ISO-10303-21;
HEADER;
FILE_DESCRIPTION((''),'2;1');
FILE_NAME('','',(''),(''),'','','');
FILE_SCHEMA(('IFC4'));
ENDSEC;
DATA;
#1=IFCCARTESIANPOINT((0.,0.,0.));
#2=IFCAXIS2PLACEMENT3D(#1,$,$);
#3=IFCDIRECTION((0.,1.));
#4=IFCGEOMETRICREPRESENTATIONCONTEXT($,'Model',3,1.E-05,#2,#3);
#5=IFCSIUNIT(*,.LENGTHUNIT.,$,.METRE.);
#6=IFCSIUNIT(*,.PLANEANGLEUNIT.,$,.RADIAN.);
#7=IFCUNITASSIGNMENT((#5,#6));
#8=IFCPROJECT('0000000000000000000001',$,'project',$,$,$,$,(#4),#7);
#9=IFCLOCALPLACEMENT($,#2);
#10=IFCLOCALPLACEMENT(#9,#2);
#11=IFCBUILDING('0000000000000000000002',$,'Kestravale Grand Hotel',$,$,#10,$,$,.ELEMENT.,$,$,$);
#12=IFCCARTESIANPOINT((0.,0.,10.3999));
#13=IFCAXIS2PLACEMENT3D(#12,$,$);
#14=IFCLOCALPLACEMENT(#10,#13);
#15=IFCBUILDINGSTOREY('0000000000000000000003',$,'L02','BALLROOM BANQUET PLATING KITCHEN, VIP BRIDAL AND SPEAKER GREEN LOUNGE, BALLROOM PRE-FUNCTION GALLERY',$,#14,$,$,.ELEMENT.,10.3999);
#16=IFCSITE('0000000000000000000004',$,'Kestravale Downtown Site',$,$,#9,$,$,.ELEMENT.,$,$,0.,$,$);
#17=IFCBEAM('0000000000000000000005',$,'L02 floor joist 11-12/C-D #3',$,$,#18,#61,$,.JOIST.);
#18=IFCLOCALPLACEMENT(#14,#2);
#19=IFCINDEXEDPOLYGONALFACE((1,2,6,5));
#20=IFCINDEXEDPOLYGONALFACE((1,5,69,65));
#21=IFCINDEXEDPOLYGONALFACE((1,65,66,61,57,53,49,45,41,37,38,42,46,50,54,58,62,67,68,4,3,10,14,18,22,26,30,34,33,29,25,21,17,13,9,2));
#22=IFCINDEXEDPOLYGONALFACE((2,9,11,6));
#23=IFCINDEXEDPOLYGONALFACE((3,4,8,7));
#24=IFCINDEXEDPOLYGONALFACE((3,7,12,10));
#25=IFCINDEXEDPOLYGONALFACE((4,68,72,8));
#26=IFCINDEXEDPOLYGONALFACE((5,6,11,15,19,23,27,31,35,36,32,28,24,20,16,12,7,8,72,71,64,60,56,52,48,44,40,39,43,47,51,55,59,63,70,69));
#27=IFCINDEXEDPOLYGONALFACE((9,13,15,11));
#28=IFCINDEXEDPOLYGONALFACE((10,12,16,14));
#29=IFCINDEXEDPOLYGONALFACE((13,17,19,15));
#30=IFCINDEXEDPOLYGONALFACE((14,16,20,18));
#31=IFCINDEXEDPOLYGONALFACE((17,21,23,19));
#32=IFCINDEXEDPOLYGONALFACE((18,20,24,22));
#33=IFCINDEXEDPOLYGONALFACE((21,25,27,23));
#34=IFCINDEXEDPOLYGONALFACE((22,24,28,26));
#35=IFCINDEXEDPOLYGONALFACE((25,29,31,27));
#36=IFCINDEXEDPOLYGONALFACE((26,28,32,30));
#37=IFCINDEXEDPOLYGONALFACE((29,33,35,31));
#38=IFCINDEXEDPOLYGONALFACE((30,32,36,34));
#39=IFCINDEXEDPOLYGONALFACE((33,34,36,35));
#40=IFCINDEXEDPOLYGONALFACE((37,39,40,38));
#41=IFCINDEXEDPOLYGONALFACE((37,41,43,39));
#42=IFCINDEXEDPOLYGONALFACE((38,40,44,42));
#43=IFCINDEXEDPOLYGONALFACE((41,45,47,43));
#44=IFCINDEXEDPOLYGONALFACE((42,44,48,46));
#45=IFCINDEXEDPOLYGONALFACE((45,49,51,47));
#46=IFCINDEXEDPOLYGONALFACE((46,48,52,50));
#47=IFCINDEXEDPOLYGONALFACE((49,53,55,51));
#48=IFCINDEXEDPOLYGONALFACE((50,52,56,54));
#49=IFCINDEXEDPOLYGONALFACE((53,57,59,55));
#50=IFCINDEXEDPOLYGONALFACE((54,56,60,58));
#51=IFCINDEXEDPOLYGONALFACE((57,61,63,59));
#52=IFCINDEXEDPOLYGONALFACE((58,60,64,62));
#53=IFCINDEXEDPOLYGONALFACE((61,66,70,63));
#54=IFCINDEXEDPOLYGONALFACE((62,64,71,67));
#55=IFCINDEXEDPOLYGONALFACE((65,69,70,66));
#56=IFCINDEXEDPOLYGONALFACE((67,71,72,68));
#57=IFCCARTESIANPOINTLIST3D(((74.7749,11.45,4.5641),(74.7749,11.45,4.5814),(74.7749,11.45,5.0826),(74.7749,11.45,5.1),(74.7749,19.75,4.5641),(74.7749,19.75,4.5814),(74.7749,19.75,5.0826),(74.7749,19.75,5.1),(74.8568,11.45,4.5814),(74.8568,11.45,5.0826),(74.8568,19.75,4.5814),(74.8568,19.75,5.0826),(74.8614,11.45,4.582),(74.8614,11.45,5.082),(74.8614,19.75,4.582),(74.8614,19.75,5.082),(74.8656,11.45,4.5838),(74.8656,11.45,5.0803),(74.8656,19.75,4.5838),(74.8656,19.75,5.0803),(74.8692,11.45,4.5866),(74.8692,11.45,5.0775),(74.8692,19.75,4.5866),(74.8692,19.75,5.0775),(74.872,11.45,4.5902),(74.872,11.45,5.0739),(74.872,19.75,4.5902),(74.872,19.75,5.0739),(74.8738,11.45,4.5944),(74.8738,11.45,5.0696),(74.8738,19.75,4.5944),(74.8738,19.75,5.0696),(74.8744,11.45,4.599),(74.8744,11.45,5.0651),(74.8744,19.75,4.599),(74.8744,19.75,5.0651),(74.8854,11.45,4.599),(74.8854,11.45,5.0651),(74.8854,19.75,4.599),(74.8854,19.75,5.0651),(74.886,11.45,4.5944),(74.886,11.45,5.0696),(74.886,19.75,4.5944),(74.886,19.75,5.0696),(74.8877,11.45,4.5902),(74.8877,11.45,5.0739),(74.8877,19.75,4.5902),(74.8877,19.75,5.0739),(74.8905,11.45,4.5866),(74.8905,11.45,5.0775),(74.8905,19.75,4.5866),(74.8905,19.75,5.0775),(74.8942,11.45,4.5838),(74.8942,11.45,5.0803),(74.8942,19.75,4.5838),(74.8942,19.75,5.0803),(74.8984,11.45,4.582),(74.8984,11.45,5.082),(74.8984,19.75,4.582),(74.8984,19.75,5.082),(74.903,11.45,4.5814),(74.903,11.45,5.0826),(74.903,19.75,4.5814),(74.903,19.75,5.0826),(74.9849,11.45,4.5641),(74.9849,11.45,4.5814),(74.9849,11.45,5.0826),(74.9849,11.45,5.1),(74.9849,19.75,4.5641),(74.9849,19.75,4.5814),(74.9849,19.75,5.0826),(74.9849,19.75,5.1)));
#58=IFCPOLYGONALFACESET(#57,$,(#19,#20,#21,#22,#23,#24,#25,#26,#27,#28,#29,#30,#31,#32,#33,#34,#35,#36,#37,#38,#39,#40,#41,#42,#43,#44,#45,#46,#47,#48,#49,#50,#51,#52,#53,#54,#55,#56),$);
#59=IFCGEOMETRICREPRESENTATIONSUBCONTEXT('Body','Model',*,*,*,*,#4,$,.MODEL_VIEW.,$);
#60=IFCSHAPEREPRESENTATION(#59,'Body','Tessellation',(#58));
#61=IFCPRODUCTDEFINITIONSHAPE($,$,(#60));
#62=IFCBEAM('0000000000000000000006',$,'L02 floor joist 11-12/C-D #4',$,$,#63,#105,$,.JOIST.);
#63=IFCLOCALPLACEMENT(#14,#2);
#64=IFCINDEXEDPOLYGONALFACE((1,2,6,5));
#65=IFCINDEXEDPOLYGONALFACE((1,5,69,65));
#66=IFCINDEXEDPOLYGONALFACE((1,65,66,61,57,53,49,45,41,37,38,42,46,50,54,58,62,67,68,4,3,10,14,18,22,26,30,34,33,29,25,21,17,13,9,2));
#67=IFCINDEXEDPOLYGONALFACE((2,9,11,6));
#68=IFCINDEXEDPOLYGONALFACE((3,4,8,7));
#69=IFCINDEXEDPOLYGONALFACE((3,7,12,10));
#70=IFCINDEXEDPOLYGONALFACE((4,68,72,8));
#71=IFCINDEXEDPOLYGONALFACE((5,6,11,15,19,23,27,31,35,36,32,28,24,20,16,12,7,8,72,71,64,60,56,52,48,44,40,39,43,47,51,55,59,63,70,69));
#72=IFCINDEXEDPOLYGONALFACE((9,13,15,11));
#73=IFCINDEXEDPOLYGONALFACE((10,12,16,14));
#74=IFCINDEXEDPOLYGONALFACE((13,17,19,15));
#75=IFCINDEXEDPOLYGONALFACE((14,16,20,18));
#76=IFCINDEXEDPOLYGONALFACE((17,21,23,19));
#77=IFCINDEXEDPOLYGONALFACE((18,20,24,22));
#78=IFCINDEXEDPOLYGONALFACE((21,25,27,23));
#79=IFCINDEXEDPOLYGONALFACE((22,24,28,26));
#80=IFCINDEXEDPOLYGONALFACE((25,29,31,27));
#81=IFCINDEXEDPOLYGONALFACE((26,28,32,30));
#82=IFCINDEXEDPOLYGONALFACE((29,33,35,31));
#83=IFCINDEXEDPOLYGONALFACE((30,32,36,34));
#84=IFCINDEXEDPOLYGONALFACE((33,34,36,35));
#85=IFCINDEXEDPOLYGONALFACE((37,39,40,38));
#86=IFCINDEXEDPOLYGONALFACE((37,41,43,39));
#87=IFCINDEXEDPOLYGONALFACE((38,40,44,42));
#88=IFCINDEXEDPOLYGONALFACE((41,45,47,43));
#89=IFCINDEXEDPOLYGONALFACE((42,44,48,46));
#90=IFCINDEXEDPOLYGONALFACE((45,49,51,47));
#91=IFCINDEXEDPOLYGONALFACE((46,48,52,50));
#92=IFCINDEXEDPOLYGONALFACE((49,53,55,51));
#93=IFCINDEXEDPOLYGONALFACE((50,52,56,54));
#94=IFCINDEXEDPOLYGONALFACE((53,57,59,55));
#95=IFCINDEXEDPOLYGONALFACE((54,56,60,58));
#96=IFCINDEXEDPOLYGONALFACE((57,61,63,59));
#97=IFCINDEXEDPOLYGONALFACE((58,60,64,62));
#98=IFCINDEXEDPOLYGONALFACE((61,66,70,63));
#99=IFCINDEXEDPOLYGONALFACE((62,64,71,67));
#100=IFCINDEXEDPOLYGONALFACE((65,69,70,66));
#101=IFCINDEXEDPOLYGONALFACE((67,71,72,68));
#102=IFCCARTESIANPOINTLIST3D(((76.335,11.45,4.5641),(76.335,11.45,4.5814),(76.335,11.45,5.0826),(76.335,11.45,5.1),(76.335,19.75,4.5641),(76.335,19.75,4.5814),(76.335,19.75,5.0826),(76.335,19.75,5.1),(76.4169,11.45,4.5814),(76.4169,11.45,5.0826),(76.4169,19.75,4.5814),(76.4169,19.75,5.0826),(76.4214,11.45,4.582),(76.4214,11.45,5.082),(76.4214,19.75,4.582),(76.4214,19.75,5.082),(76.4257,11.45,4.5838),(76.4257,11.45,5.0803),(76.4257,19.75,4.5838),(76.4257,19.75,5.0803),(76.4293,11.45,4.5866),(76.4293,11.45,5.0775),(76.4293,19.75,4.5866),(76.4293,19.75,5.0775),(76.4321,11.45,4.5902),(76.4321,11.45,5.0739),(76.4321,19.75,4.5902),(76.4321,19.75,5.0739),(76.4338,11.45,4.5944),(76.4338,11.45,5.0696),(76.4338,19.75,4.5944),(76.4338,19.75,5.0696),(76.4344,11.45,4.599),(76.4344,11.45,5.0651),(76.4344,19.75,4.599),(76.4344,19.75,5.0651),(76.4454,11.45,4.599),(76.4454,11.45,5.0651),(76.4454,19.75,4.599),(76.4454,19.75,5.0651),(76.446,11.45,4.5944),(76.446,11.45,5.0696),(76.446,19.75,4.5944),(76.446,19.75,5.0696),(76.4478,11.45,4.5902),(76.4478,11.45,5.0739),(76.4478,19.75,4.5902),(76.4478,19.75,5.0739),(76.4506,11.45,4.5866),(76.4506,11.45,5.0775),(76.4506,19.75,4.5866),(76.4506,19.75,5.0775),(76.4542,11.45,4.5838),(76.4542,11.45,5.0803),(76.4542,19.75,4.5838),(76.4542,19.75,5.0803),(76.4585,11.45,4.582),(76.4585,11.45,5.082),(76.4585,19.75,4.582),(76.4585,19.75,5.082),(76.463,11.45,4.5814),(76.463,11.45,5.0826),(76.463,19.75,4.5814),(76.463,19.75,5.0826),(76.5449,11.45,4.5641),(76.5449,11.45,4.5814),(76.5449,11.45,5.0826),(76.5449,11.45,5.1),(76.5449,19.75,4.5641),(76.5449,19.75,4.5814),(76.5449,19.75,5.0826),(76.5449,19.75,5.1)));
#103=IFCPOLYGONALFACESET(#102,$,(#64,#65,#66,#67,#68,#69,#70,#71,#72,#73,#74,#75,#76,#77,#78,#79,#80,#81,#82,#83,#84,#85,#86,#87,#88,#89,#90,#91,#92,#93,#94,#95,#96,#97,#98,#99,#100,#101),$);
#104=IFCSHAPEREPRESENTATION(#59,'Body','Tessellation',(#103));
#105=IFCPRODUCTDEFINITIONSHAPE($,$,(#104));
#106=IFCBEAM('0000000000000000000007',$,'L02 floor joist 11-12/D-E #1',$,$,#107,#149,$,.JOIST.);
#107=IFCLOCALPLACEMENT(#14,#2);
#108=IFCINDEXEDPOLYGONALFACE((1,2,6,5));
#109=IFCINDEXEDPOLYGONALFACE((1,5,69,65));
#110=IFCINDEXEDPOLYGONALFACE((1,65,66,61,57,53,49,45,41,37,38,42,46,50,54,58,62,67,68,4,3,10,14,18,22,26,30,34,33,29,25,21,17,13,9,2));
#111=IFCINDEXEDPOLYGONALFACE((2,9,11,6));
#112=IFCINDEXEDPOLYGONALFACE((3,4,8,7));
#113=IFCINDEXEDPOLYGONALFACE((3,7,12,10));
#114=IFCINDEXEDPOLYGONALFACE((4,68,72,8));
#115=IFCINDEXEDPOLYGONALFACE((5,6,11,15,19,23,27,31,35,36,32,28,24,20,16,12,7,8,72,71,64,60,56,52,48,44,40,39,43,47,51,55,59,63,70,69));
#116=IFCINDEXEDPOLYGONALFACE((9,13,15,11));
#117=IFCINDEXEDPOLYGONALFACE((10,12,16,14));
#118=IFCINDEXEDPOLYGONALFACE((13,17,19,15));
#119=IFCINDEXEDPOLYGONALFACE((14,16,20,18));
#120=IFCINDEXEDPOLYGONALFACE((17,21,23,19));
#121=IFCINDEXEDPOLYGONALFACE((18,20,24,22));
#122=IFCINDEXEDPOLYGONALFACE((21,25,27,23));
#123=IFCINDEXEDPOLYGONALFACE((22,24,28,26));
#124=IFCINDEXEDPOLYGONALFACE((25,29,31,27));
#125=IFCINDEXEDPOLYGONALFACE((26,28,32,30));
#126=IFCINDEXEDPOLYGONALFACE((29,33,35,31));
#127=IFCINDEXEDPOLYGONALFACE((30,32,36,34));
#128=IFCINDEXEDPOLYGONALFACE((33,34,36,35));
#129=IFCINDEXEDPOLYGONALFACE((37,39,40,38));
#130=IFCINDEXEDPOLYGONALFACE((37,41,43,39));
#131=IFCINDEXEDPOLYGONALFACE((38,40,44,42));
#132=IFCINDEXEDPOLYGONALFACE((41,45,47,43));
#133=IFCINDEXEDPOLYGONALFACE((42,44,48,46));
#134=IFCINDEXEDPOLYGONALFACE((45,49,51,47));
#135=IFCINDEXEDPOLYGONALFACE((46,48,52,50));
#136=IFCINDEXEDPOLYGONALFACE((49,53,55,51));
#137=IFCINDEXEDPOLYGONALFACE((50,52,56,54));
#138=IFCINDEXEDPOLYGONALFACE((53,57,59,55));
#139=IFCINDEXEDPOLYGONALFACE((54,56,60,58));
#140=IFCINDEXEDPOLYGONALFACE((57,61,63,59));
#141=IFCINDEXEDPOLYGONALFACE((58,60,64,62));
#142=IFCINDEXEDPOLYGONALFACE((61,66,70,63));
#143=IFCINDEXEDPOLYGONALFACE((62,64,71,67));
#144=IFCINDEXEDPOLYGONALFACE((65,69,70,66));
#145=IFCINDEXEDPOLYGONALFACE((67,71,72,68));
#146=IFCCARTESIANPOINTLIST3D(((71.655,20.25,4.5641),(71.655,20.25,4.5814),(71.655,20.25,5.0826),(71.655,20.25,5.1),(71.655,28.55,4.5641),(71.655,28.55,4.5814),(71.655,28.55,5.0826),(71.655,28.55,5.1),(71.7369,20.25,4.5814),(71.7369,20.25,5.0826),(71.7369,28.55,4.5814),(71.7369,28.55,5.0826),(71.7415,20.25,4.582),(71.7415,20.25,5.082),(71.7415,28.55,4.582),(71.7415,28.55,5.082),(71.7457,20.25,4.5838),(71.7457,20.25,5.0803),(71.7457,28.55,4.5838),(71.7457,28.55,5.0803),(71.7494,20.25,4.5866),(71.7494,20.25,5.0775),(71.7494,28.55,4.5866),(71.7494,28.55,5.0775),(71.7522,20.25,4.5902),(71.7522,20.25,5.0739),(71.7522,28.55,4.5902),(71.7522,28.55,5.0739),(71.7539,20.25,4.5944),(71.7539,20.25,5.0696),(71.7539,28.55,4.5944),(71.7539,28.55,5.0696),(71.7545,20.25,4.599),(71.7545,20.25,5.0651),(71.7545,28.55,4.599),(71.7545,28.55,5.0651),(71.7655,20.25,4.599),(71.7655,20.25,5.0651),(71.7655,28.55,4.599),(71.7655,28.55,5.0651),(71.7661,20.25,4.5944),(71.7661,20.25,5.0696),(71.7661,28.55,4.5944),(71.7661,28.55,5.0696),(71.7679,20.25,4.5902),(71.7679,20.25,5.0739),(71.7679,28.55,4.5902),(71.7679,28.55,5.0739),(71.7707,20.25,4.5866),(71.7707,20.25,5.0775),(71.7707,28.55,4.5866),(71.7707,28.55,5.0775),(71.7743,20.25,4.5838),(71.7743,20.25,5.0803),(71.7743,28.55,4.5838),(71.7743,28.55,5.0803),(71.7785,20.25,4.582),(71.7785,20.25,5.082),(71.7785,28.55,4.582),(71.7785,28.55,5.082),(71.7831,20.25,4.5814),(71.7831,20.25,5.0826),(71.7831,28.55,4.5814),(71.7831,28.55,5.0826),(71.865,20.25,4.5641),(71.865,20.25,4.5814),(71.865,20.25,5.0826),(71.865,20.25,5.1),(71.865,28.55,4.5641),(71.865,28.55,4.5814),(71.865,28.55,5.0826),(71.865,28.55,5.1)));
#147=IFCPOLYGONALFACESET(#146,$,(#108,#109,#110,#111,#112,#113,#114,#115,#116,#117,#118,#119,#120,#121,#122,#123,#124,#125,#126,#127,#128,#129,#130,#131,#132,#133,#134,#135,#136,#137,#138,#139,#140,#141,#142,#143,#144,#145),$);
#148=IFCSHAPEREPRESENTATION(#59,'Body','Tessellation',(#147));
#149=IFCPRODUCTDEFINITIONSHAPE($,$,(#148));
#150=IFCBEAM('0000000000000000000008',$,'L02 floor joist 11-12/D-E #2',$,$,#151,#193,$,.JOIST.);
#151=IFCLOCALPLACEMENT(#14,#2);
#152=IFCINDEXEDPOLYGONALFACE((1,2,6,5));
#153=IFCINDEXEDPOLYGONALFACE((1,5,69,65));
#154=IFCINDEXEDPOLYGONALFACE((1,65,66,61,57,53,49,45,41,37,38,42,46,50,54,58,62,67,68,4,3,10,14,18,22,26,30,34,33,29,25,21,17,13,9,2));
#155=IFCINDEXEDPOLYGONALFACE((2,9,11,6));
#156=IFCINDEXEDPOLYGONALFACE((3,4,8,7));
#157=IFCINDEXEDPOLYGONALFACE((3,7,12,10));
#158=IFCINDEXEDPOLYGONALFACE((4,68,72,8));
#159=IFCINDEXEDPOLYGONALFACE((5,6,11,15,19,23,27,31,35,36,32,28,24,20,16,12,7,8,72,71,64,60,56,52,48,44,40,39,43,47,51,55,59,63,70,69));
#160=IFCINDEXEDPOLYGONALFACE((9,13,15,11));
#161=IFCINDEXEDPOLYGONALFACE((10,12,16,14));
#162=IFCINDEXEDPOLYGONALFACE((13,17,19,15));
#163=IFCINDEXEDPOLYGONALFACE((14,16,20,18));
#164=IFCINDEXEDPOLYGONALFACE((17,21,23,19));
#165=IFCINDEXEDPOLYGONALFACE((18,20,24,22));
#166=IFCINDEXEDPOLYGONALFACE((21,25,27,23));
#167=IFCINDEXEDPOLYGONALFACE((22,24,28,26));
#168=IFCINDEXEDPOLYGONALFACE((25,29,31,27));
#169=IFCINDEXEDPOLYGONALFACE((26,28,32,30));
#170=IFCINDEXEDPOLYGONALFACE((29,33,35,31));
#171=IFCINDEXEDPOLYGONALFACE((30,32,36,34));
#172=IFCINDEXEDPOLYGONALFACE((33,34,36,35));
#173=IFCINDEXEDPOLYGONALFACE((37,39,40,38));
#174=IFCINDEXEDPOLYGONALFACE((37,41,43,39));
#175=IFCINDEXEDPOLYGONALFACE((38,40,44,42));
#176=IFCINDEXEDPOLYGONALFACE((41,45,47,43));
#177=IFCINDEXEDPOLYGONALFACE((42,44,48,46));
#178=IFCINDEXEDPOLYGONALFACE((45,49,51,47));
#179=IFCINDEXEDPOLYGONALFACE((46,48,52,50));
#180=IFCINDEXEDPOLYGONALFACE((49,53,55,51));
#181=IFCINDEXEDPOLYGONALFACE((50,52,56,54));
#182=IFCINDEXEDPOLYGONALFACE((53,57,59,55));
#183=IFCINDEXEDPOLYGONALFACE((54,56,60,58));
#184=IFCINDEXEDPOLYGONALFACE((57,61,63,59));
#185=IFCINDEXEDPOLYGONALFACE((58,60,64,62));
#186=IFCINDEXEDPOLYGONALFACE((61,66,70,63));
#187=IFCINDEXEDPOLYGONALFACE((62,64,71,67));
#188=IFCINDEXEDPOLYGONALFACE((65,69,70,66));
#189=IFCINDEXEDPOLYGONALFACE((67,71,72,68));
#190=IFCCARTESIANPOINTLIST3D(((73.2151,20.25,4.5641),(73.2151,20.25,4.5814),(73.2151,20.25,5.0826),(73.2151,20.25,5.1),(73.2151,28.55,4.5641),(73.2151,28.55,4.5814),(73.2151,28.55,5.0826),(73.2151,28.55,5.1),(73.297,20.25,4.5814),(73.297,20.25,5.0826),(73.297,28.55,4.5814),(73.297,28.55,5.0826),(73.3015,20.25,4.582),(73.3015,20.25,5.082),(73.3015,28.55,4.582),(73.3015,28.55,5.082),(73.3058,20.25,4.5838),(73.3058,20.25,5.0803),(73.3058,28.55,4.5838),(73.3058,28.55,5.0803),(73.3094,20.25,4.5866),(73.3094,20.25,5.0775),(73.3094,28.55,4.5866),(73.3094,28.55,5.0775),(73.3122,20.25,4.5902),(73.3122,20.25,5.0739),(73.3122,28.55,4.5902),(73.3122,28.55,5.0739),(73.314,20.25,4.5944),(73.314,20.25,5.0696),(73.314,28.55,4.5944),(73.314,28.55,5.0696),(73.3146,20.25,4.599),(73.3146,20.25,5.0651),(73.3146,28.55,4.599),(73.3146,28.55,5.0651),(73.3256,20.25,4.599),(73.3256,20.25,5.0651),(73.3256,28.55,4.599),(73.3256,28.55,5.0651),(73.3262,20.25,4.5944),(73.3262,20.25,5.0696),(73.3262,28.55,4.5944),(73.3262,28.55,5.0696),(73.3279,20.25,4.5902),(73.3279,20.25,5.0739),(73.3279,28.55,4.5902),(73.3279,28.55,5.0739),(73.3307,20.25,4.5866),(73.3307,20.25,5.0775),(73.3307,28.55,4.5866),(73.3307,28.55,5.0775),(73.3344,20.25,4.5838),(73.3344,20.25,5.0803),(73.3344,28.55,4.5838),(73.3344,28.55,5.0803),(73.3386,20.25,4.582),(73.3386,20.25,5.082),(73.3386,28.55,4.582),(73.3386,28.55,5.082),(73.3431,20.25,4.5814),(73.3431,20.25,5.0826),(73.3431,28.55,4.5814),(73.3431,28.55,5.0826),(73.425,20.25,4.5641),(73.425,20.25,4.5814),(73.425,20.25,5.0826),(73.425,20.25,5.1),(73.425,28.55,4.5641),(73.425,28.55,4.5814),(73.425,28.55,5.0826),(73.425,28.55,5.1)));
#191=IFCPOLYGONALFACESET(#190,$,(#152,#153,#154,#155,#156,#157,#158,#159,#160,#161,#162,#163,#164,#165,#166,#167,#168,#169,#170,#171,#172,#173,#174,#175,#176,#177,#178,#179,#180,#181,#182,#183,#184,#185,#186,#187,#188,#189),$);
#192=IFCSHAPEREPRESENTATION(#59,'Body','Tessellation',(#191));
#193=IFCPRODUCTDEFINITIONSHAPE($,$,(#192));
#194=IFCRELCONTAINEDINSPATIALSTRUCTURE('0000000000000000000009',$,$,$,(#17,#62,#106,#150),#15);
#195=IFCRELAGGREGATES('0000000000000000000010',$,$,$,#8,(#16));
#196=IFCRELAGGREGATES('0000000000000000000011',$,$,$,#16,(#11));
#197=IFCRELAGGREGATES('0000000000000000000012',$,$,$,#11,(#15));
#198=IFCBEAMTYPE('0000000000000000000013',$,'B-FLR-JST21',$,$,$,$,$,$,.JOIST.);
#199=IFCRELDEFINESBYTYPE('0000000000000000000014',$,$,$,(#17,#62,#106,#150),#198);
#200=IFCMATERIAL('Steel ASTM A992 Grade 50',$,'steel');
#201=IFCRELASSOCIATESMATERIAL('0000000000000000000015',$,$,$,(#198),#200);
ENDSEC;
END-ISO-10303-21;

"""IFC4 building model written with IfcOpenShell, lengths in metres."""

from ifc_helpers import new_model, si_unit, direction, frame, origin, origin_2d, place, context, subcontext, project, spatial, i_section, extrude, material, material_profile, profile_set, type_object, element, save


model = new_model("IFC4")

# Units and contexts
model_context = context("Model", 3, precision=1e-05, world=origin(), true_north=direction((0.0, 1.0)))
body_context = subcontext(model_context, "Body", "Model", "MODEL_VIEW")
ifc_project = project(units=[si_unit("LENGTHUNIT", "METRE"), si_unit("PLANEANGLEUNIT", "RADIAN")], contexts=[model_context])

# Site, building, storey
site_placement = place(None, origin())
site = spatial("IfcSite", under=ifc_project, at=site_placement, Name="Kestravale Downtown Site", CompositionType="ELEMENT", RefElevation=0.0)
building_placement = place(site_placement, origin())
building = spatial("IfcBuilding", under=site, at=building_placement, Name="Kestravale Grand Hotel", CompositionType="ELEMENT")
storey_placement = place(building_placement, frame((0.0, 0.0, 10.3999)))
storey = spatial("IfcBuildingStorey", under=building, at=storey_placement, Name="L02", Description="BALLROOM BANQUET PLATING KITCHEN, VIP BRIDAL AND SPEAKER GREEN LOUNGE, BALLROOM PRE-FUNCTION GALLERY", CompositionType="ELEMENT", Elevation=10.3999)

# Beams
ifc_material_1 = material(Name="Steel ASTM A992 Grade 50", Category="steel")
ifc_material_profile_1 = material_profile(ifc_material_1, i_section(OverallWidth=0.21, OverallDepth=0.5359, WebThickness=0.011, FlangeThickness=0.0173, FilletRadius=0.0176, at=origin_2d()))
ifc_profile_set_1 = profile_set([ifc_material_profile_1], Name="Steel ASTM A992 Grade 50")
beam_type_1 = type_object("IfcBeamType", Name="B-FLR-JST21", PredefinedType="JOIST", material=ifc_profile_set_1)
for number, where, z_axis, x_axis, name in (
    (1, (74.8799, 11.45, 4.832), (0.0, 1.0, 0.0), (-1.0, 0.0, 0.0), "L02 floor joist 11-12/C-D #3"),
    (2, (76.4399, 11.45, 4.832), (0.0, 1.0, 0.0), (-1.0, 0.0, 0.0), "L02 floor joist 11-12/C-D #4"),
    (3, (71.76, 20.25, 4.832), (0.0, 1.0, 0.0), (-1.0, 0.0, 0.0), "L02 floor joist 11-12/D-E #1"),
    (4, (73.3201, 20.25, 4.832), (0.0, 1.0, 0.0), (-1.0, 0.0, 0.0), "L02 floor joist 11-12/D-E #2"),
):
    element("IfcBeam", number, at=place(storey_placement, frame(where, z_axis=z_axis, x_axis=x_axis)), inside=storey, type_object=beam_type_1, Name=name, PredefinedType="JOIST", context=body_context, shape_type="SweptSolid", body=[
        extrude(i_section(OverallWidth=0.21, OverallDepth=0.5359, WebThickness=0.011, FlangeThickness=0.0173, FilletRadius=0.0176, at=origin_2d()), origin(), (0.0, 0.0, 1.0), 8.3),
    ])

save(model, "model.ifc")
